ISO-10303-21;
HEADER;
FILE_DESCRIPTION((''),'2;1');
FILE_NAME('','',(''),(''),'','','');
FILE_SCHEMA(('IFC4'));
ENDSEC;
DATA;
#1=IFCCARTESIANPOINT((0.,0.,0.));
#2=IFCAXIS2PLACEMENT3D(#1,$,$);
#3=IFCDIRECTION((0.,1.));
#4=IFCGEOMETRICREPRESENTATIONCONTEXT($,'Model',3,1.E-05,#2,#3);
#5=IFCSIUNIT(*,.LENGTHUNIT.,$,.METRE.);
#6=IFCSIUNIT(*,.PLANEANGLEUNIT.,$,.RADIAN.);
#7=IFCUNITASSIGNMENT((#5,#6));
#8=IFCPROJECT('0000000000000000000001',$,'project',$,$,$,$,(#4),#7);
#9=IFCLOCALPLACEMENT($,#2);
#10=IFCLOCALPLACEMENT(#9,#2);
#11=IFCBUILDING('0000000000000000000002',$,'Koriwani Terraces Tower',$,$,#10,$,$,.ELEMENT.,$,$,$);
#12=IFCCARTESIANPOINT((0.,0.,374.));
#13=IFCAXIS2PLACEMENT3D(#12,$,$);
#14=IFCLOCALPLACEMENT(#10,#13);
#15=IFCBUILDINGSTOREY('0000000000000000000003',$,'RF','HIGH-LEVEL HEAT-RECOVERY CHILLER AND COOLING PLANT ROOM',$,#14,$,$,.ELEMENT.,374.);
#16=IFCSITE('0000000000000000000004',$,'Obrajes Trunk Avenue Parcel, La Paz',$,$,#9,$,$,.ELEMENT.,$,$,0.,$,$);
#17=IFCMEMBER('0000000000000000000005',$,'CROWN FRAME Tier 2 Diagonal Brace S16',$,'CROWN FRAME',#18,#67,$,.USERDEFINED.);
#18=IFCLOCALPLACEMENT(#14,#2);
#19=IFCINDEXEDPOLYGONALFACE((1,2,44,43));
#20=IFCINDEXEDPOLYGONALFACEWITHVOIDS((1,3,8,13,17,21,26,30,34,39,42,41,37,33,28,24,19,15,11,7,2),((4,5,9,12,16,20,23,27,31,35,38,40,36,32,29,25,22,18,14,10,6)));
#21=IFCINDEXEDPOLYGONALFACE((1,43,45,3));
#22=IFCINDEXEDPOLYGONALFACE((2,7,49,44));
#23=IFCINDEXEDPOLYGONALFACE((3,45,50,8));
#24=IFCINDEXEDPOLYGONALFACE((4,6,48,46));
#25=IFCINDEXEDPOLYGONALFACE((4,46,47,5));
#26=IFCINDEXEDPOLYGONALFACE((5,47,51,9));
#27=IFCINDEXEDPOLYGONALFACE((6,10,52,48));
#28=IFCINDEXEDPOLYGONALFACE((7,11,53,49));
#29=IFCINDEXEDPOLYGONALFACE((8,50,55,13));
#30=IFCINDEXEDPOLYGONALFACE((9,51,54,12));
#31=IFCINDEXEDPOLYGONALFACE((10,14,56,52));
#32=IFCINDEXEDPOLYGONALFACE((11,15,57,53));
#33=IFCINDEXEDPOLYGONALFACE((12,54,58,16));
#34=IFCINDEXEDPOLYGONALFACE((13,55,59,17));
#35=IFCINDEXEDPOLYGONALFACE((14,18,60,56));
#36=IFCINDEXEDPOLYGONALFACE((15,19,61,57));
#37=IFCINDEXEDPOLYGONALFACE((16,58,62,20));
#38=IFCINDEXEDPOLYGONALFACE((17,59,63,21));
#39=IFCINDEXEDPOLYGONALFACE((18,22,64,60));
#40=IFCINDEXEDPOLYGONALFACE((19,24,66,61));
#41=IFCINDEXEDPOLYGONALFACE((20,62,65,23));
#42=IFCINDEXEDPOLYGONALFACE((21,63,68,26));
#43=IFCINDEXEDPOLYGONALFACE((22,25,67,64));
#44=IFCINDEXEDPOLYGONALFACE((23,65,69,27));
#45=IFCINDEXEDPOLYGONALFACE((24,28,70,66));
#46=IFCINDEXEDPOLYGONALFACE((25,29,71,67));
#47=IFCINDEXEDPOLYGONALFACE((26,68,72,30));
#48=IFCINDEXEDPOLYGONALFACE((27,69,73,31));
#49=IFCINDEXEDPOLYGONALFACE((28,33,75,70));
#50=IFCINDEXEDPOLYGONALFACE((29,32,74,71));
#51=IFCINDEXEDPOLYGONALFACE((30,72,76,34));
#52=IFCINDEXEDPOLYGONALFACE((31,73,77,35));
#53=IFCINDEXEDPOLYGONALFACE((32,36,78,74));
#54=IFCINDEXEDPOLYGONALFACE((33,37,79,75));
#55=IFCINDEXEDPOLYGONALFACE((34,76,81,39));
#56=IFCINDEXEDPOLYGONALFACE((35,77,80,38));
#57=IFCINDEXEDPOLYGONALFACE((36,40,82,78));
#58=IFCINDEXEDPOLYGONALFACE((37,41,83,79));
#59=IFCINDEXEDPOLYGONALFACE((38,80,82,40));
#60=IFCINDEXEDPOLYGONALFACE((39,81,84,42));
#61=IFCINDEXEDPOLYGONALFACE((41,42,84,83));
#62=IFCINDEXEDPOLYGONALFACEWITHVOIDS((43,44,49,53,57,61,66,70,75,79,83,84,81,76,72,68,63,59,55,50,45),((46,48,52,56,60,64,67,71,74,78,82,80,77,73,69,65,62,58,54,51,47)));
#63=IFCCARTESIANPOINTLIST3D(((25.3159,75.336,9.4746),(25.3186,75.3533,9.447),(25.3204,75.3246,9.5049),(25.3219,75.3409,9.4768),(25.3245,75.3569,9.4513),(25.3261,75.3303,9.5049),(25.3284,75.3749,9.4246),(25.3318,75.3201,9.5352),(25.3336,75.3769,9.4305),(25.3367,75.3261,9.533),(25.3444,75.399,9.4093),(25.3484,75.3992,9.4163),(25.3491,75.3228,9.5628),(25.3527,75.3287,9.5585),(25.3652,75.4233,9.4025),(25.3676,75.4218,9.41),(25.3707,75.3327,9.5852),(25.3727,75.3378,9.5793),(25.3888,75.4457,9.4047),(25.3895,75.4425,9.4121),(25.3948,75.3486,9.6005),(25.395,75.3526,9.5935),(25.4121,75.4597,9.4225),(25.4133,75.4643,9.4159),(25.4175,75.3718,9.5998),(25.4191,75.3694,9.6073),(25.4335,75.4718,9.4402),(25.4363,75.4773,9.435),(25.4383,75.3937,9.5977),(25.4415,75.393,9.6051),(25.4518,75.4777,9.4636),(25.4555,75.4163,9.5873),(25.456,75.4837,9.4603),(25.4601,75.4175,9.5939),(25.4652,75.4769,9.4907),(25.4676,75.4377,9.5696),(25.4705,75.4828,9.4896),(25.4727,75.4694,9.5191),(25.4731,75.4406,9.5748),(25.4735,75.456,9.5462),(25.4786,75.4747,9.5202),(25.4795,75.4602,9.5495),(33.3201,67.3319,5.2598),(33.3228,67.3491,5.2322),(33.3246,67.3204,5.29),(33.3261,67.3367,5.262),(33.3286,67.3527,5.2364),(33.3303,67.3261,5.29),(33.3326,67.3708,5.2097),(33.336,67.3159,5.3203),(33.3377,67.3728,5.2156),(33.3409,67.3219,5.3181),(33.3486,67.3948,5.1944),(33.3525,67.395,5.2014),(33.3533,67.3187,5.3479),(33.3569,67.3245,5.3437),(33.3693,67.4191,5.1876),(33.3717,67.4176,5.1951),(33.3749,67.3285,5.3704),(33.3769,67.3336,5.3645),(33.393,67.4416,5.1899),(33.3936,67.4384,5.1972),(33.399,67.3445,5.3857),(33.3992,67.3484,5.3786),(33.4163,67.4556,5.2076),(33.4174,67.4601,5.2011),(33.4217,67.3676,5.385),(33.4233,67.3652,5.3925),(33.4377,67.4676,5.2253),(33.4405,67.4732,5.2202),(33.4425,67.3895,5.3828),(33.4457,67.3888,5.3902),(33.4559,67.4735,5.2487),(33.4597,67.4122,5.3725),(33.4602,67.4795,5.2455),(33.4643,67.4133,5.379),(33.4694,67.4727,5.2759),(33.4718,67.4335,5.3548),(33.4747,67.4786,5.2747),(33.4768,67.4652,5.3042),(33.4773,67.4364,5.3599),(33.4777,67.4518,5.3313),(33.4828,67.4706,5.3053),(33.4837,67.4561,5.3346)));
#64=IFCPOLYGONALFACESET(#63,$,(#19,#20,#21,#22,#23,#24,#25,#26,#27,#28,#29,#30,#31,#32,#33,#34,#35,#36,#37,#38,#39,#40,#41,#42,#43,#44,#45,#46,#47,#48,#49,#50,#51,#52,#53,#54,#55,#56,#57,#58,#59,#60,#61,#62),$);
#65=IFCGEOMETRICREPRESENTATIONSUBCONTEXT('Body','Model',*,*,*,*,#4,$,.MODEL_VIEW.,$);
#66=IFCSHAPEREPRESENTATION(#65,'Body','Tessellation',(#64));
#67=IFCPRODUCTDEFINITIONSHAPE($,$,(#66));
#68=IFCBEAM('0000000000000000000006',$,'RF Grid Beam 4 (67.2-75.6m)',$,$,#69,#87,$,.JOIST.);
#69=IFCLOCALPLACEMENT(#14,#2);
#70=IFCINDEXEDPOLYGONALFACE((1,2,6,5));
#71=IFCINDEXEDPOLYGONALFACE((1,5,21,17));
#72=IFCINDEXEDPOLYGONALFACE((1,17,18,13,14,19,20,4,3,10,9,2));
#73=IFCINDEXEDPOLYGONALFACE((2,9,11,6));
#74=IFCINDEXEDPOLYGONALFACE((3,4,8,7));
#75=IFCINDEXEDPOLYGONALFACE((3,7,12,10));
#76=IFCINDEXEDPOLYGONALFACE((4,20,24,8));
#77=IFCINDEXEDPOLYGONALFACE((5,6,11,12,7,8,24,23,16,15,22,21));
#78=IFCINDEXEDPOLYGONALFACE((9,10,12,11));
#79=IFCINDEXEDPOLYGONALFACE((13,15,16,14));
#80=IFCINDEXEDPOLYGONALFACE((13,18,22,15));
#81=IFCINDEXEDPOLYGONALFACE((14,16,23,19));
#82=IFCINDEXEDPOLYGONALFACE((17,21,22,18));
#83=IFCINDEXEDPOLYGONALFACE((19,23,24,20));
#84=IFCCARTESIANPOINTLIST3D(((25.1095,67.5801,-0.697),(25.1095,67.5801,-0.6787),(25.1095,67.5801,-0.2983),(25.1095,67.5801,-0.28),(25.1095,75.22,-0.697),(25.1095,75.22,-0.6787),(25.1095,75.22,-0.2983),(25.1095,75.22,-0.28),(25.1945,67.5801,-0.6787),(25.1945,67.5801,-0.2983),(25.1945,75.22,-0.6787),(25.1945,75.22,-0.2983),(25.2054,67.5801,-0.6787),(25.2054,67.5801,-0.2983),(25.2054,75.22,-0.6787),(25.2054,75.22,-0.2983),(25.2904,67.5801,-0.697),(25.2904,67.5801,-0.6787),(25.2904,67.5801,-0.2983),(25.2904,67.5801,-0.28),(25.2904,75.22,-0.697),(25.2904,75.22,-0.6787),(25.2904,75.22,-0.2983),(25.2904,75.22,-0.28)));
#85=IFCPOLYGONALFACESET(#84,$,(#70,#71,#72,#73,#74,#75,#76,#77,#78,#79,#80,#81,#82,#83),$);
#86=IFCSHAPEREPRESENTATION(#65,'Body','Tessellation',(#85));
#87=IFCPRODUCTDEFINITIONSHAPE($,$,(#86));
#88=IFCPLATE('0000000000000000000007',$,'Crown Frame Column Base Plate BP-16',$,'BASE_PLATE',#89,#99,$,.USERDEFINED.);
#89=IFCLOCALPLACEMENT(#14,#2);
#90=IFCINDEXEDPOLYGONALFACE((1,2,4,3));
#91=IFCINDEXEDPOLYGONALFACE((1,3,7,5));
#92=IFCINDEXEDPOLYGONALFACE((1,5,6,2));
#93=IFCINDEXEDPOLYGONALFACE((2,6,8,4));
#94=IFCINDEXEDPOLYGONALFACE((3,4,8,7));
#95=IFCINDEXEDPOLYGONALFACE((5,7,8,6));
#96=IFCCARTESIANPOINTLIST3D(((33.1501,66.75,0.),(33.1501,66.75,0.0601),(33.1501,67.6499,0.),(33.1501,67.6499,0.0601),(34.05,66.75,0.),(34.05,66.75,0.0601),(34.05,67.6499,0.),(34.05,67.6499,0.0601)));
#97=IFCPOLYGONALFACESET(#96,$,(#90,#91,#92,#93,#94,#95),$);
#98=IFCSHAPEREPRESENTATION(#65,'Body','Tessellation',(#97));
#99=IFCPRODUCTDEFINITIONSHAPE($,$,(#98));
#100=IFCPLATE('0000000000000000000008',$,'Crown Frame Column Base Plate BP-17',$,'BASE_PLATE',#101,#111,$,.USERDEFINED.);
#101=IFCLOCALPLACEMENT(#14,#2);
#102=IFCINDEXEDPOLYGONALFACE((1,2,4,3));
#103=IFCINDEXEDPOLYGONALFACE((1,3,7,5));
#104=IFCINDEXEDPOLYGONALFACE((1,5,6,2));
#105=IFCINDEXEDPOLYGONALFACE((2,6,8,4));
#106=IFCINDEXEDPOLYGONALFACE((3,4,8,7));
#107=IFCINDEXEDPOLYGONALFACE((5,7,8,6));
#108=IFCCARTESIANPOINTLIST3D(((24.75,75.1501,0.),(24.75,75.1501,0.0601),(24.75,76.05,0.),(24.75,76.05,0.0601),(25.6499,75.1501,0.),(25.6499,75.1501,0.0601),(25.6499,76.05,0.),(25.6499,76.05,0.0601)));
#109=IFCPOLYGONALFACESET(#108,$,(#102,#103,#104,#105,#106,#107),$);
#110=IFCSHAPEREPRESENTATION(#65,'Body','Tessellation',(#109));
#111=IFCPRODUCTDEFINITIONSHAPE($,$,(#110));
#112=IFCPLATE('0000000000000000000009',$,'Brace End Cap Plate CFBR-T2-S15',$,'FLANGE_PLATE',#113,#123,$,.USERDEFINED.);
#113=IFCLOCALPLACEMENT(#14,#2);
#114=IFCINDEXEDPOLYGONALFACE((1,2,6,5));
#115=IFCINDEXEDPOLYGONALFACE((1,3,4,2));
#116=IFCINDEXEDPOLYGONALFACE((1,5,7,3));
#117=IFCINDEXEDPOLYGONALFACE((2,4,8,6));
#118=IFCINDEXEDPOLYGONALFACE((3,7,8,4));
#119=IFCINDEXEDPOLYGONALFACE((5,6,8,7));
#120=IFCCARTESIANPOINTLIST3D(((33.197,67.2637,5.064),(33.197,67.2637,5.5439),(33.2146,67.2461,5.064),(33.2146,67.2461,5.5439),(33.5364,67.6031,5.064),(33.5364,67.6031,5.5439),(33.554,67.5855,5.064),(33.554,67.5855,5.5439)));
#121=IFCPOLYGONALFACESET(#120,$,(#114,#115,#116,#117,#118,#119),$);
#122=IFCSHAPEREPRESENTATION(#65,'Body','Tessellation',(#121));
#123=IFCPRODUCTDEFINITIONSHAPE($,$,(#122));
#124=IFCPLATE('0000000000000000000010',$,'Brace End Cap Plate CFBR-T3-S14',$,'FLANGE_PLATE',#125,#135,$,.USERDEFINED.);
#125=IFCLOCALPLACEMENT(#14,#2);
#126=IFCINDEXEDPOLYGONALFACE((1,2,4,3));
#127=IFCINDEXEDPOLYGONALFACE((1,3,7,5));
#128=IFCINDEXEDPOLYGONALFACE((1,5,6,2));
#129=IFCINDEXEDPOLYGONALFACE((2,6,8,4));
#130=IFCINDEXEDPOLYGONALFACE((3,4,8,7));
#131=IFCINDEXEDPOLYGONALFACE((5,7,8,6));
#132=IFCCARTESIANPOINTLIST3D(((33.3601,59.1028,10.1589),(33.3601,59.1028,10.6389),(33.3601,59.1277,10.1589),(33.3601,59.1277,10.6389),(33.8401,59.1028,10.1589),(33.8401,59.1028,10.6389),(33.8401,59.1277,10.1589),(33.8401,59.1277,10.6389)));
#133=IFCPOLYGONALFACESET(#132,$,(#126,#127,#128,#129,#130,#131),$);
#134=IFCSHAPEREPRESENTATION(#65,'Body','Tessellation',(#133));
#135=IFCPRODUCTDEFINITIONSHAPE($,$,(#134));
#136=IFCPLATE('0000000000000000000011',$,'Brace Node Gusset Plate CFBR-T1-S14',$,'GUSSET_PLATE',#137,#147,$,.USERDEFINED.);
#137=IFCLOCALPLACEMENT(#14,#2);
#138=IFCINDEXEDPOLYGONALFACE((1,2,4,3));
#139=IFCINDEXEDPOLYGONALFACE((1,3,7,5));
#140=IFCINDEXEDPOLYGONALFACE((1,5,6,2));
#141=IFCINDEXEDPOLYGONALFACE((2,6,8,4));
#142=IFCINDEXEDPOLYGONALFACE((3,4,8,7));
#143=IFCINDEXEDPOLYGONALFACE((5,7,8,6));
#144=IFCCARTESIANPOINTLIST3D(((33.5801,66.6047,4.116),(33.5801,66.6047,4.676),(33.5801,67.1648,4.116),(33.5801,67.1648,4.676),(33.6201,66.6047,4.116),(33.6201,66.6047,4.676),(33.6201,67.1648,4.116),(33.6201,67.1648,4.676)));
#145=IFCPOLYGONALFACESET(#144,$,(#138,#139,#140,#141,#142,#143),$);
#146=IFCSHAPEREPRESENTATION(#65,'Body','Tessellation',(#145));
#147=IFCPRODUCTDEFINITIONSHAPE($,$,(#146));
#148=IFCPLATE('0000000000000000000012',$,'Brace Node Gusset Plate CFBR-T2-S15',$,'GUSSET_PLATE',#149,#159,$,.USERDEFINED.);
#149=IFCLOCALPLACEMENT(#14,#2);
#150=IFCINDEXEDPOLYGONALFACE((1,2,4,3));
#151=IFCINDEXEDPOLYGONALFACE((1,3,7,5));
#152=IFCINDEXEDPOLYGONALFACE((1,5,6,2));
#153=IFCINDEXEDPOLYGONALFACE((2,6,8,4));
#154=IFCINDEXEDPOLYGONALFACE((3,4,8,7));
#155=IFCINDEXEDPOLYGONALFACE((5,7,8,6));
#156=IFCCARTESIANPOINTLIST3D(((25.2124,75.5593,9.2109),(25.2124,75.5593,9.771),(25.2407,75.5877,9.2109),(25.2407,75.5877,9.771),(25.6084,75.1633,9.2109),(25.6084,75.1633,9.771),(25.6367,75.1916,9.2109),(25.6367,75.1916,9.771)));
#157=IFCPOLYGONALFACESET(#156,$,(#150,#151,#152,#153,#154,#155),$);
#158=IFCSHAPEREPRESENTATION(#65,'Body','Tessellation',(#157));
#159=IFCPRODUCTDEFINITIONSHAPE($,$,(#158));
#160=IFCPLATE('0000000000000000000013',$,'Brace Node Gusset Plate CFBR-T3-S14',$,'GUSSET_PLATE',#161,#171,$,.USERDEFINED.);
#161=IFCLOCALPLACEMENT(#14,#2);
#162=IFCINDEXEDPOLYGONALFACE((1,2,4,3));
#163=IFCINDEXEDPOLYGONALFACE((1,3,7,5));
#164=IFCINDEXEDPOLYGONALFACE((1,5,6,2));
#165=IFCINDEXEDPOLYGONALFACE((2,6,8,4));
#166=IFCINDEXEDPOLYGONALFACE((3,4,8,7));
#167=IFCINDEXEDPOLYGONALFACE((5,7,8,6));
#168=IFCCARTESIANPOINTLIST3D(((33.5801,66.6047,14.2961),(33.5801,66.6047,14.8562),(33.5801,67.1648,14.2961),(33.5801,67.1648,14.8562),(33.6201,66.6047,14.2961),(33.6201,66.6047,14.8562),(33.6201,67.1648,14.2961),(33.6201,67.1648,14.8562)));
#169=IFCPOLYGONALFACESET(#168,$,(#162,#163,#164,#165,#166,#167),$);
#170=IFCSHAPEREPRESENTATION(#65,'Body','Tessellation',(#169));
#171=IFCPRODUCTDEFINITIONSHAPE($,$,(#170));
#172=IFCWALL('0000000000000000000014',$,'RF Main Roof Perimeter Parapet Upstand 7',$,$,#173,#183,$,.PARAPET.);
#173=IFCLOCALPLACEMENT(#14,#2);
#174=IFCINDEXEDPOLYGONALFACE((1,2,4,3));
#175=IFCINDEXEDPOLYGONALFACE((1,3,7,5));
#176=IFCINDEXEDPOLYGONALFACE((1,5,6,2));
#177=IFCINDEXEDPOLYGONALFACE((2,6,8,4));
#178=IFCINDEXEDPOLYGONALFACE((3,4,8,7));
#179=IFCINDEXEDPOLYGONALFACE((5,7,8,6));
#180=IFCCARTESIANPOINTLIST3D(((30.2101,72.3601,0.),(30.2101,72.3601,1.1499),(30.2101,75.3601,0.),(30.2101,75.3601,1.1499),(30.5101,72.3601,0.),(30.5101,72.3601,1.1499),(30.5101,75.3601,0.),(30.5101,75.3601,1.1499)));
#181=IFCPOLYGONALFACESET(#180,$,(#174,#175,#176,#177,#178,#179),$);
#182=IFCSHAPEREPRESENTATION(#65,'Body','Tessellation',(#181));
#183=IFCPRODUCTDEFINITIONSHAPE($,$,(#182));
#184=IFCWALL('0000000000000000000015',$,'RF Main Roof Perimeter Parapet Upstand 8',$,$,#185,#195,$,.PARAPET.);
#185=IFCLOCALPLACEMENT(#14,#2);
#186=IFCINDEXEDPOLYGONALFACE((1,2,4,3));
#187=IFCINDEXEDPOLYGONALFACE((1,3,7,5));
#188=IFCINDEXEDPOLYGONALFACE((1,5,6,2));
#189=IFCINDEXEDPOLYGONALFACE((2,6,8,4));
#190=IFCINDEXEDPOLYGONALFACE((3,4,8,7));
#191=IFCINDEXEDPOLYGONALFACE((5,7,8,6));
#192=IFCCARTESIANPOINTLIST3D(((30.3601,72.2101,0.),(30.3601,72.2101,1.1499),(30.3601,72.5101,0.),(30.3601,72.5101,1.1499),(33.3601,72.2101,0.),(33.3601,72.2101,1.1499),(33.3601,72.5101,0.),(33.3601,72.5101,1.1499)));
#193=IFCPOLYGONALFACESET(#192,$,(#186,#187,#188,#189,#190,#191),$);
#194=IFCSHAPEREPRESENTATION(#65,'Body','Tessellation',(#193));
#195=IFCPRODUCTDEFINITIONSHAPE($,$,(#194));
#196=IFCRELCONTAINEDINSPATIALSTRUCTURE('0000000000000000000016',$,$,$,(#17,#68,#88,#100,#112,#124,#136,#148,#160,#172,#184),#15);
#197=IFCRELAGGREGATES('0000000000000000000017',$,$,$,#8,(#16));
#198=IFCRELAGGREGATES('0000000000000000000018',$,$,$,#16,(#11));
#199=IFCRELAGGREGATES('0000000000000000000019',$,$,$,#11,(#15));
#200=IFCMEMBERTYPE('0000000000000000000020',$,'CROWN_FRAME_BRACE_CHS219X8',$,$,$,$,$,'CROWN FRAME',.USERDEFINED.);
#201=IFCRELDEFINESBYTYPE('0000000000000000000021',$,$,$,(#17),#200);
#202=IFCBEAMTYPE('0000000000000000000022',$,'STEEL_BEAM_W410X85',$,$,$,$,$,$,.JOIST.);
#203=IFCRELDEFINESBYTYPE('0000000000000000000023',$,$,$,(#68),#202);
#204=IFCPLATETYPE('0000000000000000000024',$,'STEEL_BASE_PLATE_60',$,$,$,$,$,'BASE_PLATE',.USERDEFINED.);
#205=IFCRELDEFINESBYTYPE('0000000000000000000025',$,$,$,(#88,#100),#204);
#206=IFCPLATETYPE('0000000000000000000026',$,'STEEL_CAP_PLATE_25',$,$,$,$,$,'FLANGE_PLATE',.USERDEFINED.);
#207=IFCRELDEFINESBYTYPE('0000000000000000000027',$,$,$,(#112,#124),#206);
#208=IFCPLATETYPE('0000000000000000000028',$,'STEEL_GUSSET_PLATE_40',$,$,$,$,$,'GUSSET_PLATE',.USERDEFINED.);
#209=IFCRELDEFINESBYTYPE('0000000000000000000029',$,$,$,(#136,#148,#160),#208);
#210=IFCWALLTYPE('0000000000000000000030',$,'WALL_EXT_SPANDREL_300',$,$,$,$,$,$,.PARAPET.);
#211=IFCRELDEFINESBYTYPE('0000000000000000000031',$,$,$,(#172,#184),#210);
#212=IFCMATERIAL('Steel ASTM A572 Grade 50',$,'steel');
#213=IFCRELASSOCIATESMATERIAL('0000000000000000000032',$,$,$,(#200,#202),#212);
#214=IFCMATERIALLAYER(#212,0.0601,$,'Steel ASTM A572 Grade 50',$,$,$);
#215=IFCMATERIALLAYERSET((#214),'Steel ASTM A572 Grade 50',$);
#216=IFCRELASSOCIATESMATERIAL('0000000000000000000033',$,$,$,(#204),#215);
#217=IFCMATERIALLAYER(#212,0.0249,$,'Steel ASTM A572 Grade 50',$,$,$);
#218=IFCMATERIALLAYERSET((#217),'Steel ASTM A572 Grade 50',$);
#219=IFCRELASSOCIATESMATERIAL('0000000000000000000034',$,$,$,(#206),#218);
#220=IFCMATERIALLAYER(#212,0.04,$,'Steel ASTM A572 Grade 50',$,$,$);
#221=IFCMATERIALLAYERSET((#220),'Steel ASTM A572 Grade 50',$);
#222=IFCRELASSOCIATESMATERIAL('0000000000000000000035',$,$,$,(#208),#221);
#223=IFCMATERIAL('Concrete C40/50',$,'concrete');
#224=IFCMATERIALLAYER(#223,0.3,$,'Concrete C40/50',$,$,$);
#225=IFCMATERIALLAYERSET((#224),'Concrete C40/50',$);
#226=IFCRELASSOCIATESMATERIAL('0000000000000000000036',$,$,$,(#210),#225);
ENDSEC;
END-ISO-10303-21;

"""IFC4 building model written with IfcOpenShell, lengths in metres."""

from ifc_helpers import new_model, si_unit, direction, frame, frame_2d, origin, origin_2d, place, context, subcontext, project, spatial, rectangle, hollow_circle, i_section, extrude, material, layer, layer_set, material_profile, profile_set, type_object, element, save


model = new_model("IFC4")

# Units and contexts
model_context = context("Model", 3, precision=1e-05, world=origin(), true_north=direction((0.0, 1.0)))
body_context = subcontext(model_context, "Body", "Model", "MODEL_VIEW")
ifc_project = project(units=[si_unit("LENGTHUNIT", "METRE"), si_unit("PLANEANGLEUNIT", "RADIAN")], contexts=[model_context])

# Site, building, storey
site_placement = place(None, origin())
site = spatial("IfcSite", under=ifc_project, at=site_placement, Name="Obrajes Trunk Avenue Parcel, La Paz", CompositionType="ELEMENT", RefElevation=0.0)
building_placement = place(site_placement, origin())
building = spatial("IfcBuilding", under=site, at=building_placement, Name="Koriwani Terraces Tower", CompositionType="ELEMENT")
storey_placement = place(building_placement, frame((0.0, 0.0, 374.0)))
storey = spatial("IfcBuildingStorey", under=building, at=storey_placement, Name="RF", Description="HIGH-LEVEL HEAT-RECOVERY CHILLER AND COOLING PLANT ROOM", CompositionType="ELEMENT", Elevation=374.0)

# Shared definitions
ifc_material_1 = material(Name="Steel ASTM A572 Grade 50", Category="steel")

# Shared definitions
ifc_material_2 = material(Name="Concrete C40/50", Category="concrete")

# Member
ifc_material_profile_1 = material_profile(ifc_material_1, hollow_circle(Radius=0.1096, WallThickness=0.0081, at=origin_2d()), Name="Steel ASTM A572 Grade 50", Category="LoadBearing")
ifc_profile_set_1 = profile_set([ifc_material_profile_1], Name="Steel ASTM A572 Grade 50")
member_type = type_object("IfcMemberType", Name="CROWN_FRAME_BRACE_CHS219X8", ElementType="CROWN FRAME", PredefinedType="USERDEFINED", material=ifc_profile_set_1)
member_placement = place(storey_placement, frame((33.4021, 67.3979, 5.29), z_axis=(-0.66266, 0.66266, 0.348945), x_axis=(-0.707107, -0.707107, 0.0)))
element("IfcMember", 1, at=member_placement, inside=storey, type_object=member_type, Name="CROWN FRAME Tier 2 Diagonal Brace S16", ObjectType="CROWN FRAME", PredefinedType="USERDEFINED", context=body_context, shape_type="SweptSolid", body=[
    extrude(hollow_circle(Radius=0.1096, WallThickness=0.0081, at=origin_2d()), origin(), (0.0, 0.0, 1.0), 12.0789),
])

# Beam
ifc_material_profile_2 = material_profile(ifc_material_1, i_section(OverallWidth=0.1809, OverallDepth=0.417, WebThickness=0.011, FlangeThickness=0.0183, at=origin_2d()), Name="Steel ASTM A572 Grade 50", Category="LoadBearing")
ifc_profile_set_2 = profile_set([ifc_material_profile_2], Name="Steel ASTM A572 Grade 50")
beam_type_1 = type_object("IfcBeamType", Name="STEEL_BEAM_W410X85", PredefinedType="JOIST", material=ifc_profile_set_2)
beam_1_placement = place(storey_placement, frame((25.2, 67.5801, -0.4885), z_axis=(0.0, 1.0, 0.0), x_axis=(-1.0, 0.0, 0.0)))
element("IfcBeam", 2, at=beam_1_placement, inside=storey, type_object=beam_type_1, Name="RF Grid Beam 4 (67.2-75.6m)", PredefinedType="JOIST", context=body_context, shape_type="SweptSolid", body=[
    extrude(i_section(OverallWidth=0.1809, OverallDepth=0.417, WebThickness=0.011, FlangeThickness=0.0183, at=origin_2d()), origin(), (0.0, 0.0, 1.0), 7.6399),
])

# Plates
ifc_layer_1 = layer(ifc_material_1, 0.0601, Name="Steel ASTM A572 Grade 50")
ifc_layer_set_1 = layer_set([ifc_layer_1], Name="Steel ASTM A572 Grade 50")
plate_type_1 = type_object("IfcPlateType", Name="STEEL_BASE_PLATE_60", ElementType="BASE_PLATE", PredefinedType="USERDEFINED", material=ifc_layer_set_1)
for number, where, z_axis, x_axis, name in (
    (3, (33.6001, 67.2, 0.0), (0.0, 0.0, 1.0), (1.0, 0.0, 0.0), "Crown Frame Column Base Plate BP-16"),
    (4, (25.2, 75.6001, 0.0), (0.0, 0.0, 1.0), (1.0, 0.0, 0.0), "Crown Frame Column Base Plate BP-17"),
):
    element("IfcPlate", number, at=place(storey_placement, frame(where, z_axis=z_axis, x_axis=x_axis)), inside=storey, type_object=plate_type_1, Name=name, ObjectType="BASE_PLATE", PredefinedType="USERDEFINED", context=body_context, shape_type="SweptSolid", body=[
        extrude(rectangle(XDim=0.8999, YDim=0.8999, at=origin_2d()), origin(), (0.0, 0.0, 1.0), 0.0601),
    ])
ifc_layer_2 = layer(ifc_material_1, 0.0249, Name="Steel ASTM A572 Grade 50")
ifc_layer_set_2 = layer_set([ifc_layer_2], Name="Steel ASTM A572 Grade 50")
plate_type_2 = type_object("IfcPlateType", Name="STEEL_CAP_PLATE_25", ElementType="FLANGE_PLATE", PredefinedType="USERDEFINED", material=ifc_layer_set_2)
for number, where, z_axis, x_axis, name in (
    (5, (33.3755, 67.4246, 5.064), (0.0, 0.0, 1.0), (-0.707107, 0.707107, 0.0), "Brace End Cap Plate CFBR-T2-S15"),
    (6, (33.6001, 59.1152, 10.1589), (0.0, 0.0, 1.0), (0.0, 1.0, 0.0), "Brace End Cap Plate CFBR-T3-S14"),
):
    element("IfcPlate", number, at=place(storey_placement, frame(where, z_axis=z_axis, x_axis=x_axis)), inside=storey, type_object=plate_type_2, Name=name, ObjectType="FLANGE_PLATE", PredefinedType="USERDEFINED", context=body_context, shape_type="SweptSolid", body=[
        extrude(rectangle(XDim=0.0249, YDim=0.48, at=origin_2d()), origin(), (0.0, 0.0, 1.0), 0.48),
    ])
ifc_layer_3 = layer(ifc_material_1, 0.04, Name="Steel ASTM A572 Grade 50")
ifc_layer_set_3 = layer_set([ifc_layer_3], Name="Steel ASTM A572 Grade 50")
plate_type_3 = type_object("IfcPlateType", Name="STEEL_GUSSET_PLATE_40", ElementType="GUSSET_PLATE", PredefinedType="USERDEFINED", material=ifc_layer_set_3)
for number, where, z_axis, x_axis, name in (
    (7, (33.6001, 66.8848, 4.116), (0.0, 0.0, 1.0), (0.0, 1.0, 0.0), "Brace Node Gusset Plate CFBR-T1-S14"),
    (8, (25.4246, 75.3755, 9.2109), (0.0, 0.0, 1.0), (-0.707107, 0.707107, 0.0), "Brace Node Gusset Plate CFBR-T2-S15"),
    (9, (33.6001, 66.8848, 14.2961), (0.0, 0.0, 1.0), (0.0, 1.0, 0.0), "Brace Node Gusset Plate CFBR-T3-S14"),
):
    element("IfcPlate", number, at=place(storey_placement, frame(where, z_axis=z_axis, x_axis=x_axis)), inside=storey, type_object=plate_type_3, Name=name, ObjectType="GUSSET_PLATE", PredefinedType="USERDEFINED", context=body_context, shape_type="SweptSolid", body=[
        extrude(rectangle(XDim=0.5601, YDim=0.04, at=origin_2d()), origin(), (0.0, 0.0, 1.0), 0.5601),
    ])

# Walls
ifc_layer_4 = layer(ifc_material_2, 0.3, Name="Concrete C40/50")
ifc_layer_set_4 = layer_set([ifc_layer_4], Name="Concrete C40/50")
wall_type = type_object("IfcWallType", Name="WALL_EXT_SPANDREL_300", PredefinedType="PARAPET", material=ifc_layer_set_4)
for number, where, z_axis, x_axis, name in (
    (10, (30.3601, 75.3601, 0.0), (0.0, 0.0, 1.0), (0.0, -1.0, 0.0), "RF Main Roof Perimeter Parapet Upstand 7"),
    (11, (30.3601, 72.3601, 0.0), (0.0, 0.0, 1.0), (1.0, 0.0, 0.0), "RF Main Roof Perimeter Parapet Upstand 8"),
):
    element("IfcWall", number, at=place(storey_placement, frame(where, z_axis=z_axis, x_axis=x_axis)), inside=storey, type_object=wall_type, Name=name, PredefinedType="PARAPET", context=body_context, shape_type="SweptSolid", body=[
        extrude(rectangle(XDim=3.0, YDim=0.3, at=frame_2d((1.5, 0.0))), origin(), (0.0, 0.0, 1.0), 1.1499),
    ])

save(model, "model.ifc")
